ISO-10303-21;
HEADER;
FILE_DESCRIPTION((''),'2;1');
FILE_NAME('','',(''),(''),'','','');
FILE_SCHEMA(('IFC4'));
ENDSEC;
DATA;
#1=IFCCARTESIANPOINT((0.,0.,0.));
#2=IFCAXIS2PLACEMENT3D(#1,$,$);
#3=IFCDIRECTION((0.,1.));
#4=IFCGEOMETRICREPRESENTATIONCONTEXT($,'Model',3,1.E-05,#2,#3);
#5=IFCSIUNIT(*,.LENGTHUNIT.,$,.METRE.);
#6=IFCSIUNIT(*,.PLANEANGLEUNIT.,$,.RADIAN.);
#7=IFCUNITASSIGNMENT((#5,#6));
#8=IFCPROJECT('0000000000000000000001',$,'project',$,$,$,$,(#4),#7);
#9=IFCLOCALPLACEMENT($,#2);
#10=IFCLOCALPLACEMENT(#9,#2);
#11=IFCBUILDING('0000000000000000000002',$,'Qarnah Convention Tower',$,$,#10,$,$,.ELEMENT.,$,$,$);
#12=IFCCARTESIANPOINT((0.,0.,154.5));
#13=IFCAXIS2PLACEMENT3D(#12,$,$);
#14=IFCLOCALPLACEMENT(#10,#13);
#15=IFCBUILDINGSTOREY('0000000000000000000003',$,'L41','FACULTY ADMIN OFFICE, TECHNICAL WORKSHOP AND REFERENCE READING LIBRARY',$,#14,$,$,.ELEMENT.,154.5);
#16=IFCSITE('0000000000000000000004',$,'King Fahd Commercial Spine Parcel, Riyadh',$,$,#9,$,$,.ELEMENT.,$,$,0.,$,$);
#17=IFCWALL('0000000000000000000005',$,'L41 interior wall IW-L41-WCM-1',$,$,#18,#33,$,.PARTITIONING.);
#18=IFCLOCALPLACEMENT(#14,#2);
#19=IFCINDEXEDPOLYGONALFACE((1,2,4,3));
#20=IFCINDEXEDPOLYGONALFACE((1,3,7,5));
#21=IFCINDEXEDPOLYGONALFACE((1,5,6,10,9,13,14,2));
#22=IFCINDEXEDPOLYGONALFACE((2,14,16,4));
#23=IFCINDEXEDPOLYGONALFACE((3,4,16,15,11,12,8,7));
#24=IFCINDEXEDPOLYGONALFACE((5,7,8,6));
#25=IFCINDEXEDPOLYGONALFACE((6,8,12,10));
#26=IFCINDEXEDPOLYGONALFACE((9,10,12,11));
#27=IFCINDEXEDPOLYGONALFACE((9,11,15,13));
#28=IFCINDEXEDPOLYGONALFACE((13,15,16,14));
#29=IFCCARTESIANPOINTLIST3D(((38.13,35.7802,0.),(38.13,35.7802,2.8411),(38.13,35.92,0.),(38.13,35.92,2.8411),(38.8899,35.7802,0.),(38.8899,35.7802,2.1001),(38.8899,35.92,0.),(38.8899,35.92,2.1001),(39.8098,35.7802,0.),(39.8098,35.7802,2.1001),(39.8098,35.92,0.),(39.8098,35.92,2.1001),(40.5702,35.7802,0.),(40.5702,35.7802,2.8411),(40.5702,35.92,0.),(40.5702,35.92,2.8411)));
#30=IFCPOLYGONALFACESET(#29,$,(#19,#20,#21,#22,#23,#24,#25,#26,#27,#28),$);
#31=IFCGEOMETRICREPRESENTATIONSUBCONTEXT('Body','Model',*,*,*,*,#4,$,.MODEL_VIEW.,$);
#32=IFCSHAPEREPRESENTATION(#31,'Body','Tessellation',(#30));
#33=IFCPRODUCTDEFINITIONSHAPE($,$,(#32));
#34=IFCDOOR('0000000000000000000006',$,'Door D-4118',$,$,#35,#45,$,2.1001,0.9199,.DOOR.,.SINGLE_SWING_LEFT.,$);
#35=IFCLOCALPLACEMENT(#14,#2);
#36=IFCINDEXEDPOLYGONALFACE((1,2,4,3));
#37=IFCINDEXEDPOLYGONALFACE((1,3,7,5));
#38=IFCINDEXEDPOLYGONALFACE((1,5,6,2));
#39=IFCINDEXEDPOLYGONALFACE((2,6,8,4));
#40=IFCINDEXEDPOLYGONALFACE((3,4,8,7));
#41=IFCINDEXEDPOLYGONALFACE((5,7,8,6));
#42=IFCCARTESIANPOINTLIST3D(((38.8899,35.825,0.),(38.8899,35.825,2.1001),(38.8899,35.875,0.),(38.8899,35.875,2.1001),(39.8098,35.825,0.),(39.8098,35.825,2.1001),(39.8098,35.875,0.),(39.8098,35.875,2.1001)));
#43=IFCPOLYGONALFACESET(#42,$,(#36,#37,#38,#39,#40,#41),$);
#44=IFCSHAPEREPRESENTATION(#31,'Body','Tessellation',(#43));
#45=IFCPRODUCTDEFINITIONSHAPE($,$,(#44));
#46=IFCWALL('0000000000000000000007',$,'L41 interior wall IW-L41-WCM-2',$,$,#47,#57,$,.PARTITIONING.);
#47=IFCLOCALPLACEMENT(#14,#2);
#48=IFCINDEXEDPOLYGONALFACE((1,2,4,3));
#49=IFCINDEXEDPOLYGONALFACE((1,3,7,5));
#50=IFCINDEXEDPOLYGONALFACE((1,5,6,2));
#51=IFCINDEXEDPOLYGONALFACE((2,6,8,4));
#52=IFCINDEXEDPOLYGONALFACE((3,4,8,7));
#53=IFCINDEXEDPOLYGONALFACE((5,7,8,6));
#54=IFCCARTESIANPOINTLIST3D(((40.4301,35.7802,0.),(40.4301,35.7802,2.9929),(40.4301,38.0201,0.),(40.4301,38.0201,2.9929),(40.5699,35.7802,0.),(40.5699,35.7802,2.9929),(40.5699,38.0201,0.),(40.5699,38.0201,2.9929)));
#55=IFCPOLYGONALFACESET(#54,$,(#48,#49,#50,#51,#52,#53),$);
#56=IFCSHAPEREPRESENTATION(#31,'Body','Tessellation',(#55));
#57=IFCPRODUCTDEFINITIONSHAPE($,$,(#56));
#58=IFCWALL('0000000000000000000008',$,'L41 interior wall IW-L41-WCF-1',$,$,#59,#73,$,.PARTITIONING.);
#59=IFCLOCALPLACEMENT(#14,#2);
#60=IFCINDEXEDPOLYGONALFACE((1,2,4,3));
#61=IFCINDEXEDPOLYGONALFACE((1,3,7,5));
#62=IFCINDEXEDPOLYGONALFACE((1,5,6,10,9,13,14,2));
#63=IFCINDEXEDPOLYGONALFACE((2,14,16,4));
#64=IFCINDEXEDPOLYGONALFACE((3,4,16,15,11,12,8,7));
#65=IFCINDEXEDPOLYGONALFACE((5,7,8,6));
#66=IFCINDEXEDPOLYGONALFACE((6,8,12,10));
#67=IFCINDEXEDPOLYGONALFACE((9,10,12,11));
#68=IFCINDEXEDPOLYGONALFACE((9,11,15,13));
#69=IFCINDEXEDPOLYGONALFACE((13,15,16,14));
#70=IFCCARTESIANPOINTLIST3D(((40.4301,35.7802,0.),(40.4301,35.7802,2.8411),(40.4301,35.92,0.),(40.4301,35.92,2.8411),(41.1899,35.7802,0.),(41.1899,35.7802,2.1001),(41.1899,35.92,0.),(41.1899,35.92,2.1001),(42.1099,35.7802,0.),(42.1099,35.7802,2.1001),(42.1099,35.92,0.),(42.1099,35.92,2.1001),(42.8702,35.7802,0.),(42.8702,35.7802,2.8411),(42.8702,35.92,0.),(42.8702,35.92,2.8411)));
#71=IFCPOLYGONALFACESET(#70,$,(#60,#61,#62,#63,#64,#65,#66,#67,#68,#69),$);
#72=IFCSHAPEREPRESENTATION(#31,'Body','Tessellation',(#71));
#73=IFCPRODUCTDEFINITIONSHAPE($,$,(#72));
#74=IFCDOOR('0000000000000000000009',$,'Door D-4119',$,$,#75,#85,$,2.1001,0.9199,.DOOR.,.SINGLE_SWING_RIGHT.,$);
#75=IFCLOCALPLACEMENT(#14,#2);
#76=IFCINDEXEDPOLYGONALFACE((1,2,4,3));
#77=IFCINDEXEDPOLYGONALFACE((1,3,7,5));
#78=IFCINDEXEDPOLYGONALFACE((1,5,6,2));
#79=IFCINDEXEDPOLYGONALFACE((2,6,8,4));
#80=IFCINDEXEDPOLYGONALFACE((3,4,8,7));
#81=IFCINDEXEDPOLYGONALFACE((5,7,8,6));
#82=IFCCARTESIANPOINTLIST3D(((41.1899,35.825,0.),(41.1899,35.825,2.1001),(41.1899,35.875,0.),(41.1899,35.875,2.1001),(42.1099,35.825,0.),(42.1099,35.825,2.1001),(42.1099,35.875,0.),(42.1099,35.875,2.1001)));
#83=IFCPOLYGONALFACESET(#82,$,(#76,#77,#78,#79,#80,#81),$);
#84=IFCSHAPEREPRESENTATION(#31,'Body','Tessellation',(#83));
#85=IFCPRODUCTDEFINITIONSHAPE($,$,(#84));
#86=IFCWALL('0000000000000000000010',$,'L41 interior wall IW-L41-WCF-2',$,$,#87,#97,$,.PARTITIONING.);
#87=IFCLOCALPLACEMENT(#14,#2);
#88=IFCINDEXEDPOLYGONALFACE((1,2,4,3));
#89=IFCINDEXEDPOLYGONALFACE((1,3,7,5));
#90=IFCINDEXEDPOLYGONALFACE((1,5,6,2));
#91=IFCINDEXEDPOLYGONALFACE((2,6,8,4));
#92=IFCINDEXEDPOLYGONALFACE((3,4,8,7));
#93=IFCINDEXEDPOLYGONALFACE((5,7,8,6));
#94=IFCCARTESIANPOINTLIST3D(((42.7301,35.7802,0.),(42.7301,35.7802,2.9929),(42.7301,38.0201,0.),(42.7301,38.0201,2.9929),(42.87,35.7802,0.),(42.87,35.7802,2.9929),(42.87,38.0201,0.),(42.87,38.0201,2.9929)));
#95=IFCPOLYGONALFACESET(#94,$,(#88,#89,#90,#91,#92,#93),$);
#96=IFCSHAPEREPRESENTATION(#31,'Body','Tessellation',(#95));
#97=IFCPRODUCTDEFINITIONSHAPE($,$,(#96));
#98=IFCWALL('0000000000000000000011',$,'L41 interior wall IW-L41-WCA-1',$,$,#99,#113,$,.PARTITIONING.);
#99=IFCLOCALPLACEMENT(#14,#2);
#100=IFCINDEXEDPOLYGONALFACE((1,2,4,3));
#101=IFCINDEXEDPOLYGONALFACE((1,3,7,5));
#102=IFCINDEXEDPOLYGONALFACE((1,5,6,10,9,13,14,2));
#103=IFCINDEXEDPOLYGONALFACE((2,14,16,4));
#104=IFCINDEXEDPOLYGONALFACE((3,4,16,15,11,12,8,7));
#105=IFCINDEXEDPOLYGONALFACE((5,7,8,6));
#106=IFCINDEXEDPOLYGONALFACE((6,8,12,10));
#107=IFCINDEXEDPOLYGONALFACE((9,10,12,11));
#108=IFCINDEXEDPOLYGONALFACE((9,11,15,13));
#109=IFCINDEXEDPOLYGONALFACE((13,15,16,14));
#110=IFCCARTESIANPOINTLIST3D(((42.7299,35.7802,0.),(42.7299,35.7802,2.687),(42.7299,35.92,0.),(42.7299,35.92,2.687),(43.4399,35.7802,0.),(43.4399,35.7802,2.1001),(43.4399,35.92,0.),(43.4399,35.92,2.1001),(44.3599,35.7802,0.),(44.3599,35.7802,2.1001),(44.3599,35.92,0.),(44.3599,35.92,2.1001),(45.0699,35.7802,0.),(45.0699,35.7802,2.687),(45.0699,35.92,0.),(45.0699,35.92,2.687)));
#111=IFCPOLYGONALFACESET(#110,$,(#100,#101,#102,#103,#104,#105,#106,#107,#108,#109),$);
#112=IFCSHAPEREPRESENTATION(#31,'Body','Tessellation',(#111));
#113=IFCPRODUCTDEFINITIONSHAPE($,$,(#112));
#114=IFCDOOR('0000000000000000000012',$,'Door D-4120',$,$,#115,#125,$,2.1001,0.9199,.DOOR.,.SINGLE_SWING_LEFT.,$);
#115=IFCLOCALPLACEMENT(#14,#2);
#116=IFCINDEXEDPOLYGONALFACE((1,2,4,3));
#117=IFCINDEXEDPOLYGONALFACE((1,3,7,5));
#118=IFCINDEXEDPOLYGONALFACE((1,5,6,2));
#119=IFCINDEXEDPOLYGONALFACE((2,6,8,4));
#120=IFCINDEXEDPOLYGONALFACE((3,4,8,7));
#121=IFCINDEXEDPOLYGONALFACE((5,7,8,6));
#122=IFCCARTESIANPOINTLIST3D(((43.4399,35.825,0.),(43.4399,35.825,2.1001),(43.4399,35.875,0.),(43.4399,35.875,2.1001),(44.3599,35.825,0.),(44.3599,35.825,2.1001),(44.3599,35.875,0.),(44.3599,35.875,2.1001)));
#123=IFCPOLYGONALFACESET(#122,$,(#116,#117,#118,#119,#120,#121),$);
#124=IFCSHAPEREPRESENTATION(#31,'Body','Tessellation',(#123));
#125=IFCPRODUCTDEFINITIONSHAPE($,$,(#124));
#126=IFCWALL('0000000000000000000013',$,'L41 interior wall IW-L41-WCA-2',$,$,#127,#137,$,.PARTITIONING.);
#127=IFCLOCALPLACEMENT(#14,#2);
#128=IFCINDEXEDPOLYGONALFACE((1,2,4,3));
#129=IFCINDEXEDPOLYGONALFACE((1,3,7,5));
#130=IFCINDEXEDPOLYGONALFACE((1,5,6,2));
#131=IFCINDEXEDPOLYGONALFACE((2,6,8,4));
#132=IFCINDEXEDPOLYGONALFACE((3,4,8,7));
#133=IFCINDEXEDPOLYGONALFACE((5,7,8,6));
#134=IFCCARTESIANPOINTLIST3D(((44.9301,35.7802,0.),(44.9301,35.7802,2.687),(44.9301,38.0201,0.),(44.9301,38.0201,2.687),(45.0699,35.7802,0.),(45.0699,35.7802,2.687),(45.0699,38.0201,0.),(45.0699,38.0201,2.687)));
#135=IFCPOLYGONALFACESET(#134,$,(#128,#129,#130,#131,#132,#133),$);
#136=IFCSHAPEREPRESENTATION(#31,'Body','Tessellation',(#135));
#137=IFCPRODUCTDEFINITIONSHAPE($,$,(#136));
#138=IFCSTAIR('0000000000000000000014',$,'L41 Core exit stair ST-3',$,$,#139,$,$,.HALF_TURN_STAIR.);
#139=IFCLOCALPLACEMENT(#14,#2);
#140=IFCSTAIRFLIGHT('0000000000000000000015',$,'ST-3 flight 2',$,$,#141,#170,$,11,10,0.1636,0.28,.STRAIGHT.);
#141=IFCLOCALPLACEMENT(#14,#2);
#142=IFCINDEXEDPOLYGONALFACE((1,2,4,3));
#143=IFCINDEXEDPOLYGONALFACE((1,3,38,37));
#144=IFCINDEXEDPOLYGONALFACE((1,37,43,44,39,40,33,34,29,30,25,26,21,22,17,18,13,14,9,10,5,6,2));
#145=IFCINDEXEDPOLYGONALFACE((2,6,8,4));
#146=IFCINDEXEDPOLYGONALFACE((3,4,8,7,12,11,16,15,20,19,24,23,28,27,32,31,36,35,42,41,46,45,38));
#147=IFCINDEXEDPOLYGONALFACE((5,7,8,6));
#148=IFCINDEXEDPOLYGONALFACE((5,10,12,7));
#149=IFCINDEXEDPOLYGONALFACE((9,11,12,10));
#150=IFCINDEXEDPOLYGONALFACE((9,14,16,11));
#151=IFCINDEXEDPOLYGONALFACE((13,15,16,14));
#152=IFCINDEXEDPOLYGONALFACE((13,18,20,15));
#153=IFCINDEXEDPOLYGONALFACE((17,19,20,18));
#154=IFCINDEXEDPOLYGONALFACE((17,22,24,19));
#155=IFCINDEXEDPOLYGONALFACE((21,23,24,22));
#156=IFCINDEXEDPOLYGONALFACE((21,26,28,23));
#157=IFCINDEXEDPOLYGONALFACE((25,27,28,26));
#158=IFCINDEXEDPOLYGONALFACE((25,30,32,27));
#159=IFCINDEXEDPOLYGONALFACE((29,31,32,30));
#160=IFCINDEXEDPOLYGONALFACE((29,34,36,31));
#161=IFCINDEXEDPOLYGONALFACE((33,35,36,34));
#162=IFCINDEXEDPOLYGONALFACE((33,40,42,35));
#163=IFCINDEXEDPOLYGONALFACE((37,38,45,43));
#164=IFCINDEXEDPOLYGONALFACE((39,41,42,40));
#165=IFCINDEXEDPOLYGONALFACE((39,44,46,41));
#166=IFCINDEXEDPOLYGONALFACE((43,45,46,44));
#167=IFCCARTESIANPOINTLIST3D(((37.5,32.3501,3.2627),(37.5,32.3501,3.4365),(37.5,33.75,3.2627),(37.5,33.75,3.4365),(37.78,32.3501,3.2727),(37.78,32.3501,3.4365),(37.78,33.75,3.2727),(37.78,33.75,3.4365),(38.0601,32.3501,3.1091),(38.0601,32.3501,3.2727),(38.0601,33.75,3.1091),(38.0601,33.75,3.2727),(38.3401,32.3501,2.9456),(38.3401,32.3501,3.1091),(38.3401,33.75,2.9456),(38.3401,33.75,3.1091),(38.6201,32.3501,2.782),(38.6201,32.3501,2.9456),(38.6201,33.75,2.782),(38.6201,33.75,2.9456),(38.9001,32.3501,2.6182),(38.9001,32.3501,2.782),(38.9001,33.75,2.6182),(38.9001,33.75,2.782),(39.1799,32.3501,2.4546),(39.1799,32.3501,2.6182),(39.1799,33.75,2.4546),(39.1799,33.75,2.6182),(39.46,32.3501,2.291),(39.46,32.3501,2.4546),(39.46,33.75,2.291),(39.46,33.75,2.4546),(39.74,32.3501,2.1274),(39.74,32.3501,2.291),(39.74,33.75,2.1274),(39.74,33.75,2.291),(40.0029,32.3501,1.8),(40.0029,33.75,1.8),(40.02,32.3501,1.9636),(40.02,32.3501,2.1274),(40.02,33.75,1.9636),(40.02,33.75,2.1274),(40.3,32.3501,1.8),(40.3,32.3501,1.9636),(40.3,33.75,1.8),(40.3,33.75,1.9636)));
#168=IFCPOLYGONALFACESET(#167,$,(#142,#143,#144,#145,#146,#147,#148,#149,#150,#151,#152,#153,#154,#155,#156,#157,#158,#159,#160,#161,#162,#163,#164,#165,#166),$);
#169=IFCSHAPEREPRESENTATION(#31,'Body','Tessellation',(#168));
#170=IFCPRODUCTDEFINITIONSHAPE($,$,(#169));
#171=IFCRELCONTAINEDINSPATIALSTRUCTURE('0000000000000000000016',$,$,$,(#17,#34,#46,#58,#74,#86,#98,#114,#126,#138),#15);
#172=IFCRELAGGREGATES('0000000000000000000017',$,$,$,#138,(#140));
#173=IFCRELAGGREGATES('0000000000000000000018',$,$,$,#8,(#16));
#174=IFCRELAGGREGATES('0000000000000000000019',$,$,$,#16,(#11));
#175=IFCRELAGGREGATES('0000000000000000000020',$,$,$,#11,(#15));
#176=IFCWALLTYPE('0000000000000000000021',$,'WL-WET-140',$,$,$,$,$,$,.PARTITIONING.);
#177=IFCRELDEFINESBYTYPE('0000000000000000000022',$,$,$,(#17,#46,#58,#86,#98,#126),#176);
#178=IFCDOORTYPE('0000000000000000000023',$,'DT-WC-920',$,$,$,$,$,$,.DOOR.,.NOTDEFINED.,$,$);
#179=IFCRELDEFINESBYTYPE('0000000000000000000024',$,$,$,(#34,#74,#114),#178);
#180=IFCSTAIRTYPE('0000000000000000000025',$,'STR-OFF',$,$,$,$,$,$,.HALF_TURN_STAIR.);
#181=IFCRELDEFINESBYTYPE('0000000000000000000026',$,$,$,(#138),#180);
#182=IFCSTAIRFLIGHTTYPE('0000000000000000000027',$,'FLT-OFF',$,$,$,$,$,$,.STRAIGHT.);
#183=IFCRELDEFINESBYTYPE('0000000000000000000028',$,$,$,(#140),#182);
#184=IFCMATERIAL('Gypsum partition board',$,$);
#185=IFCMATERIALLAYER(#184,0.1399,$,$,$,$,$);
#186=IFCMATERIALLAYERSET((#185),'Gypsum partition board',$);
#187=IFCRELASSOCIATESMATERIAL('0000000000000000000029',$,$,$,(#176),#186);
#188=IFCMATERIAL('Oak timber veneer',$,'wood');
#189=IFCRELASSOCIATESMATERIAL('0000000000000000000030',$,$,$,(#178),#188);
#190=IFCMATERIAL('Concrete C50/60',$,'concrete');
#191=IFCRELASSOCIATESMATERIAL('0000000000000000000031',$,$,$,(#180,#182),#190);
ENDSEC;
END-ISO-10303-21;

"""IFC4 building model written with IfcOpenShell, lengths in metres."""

from ifc_helpers import new_model, si_unit, direction, frame, frame_2d, origin, place, context, subcontext, project, spatial, polyline, rectangle, outline, extrude, material, layer, layer_set, type_object, element, fill, aggregate, save


model = new_model("IFC4")

# Units and contexts
model_context = context("Model", 3, precision=1e-05, world=origin(), true_north=direction((0.0, 1.0)))
body_context = subcontext(model_context, "Body", "Model", "MODEL_VIEW")
ifc_project = project(units=[si_unit("LENGTHUNIT", "METRE"), si_unit("PLANEANGLEUNIT", "RADIAN")], contexts=[model_context])

# Site, building, storey
site_placement = place(None, origin())
site = spatial("IfcSite", under=ifc_project, at=site_placement, Name="King Fahd Commercial Spine Parcel, Riyadh", CompositionType="ELEMENT", RefElevation=0.0)
building_placement = place(site_placement, origin())
building = spatial("IfcBuilding", under=site, at=building_placement, Name="Qarnah Convention Tower", CompositionType="ELEMENT")
storey_placement = place(building_placement, frame((0.0, 0.0, 154.5)))
storey = spatial("IfcBuildingStorey", under=building, at=storey_placement, Name="L41", Description="FACULTY ADMIN OFFICE, TECHNICAL WORKSHOP AND REFERENCE READING LIBRARY", CompositionType="ELEMENT", Elevation=154.5)

# Shared definitions
ifc_material_1 = material(Name="Gypsum partition board")

# Wall, opening, door
ifc_material_2 = material(Name="Oak timber veneer", Category="wood")
ifc_layer_1 = layer(ifc_material_1, 0.1399)
ifc_layer_set_1 = layer_set([ifc_layer_1], Name="Gypsum partition board")
wall_type_1 = type_object("IfcWallType", Name="WL-WET-140", PredefinedType="PARTITIONING", material=ifc_layer_set_1)
wall_1_placement = place(storey_placement, frame((38.1299, 35.8501, 0.0), z_axis=(0.0, 0.0, 1.0), x_axis=(1.0, 0.0, 0.0)))
wall_1 = element("IfcWall", 1, at=wall_1_placement, inside=storey, type_object=wall_type_1, Name="L41 interior wall IW-L41-WCM-1", PredefinedType="PARTITIONING", context=body_context, shape_type="SweptSolid", body=[
    extrude(rectangle(XDim=2.4402, YDim=0.1399, at=frame_2d((1.2202, 0.0))), origin(), (0.0, 0.0, 1.0), 2.8411),
])
opening_1_placement = place(wall_1_placement, frame((0.76, 0.0, 0.0)))
opening_1 = element("IfcOpeningElement", 2, at=opening_1_placement, cuts=wall_1, PredefinedType="OPENING", context=body_context, shape_type="SweptSolid", body=[
    extrude(rectangle(XDim=0.9199, YDim=2.1001, at=frame_2d((0.46, 1.05))), frame((0.0, 0.0798, 0.0), z_axis=(0.0, -1.0, 0.0), x_axis=(1.0, 0.0, 0.0)), (0.0, 0.0, 1.0), 0.1599),
])
door_type_1 = type_object("IfcDoorType", Name="DT-WC-920", OperationType="NOTDEFINED", PredefinedType="DOOR", material=ifc_material_2)
door_1_placement = place(opening_1_placement, origin())
door_1 = element("IfcDoor", 3, at=door_1_placement, inside=storey, type_object=door_type_1, Name="Door D-4118", OperationType="SINGLE_SWING_LEFT", OverallHeight=2.1001, OverallWidth=0.9199, PredefinedType="DOOR", context=body_context, shape_type="SweptSolid", body=[
    extrude(rectangle(XDim=0.9199, YDim=2.1001, at=frame_2d((0.46, 1.05))), frame((0.0, 0.0249, 0.0), z_axis=(0.0, -1.0, 0.0), x_axis=(1.0, 0.0, 0.0)), (0.0, 0.0, 1.0), 0.05),
])
fill(opening_1, door_1)

# Wall
wall_2_placement = place(storey_placement, frame((40.5, 35.78, 0.0), z_axis=(0.0, 0.0, 1.0), x_axis=(0.0, 1.0, 0.0)))
element("IfcWall", 4, at=wall_2_placement, inside=storey, type_object=wall_type_1, Name="L41 interior wall IW-L41-WCM-2", PredefinedType="PARTITIONING", context=body_context, shape_type="SweptSolid", body=[
    extrude(rectangle(XDim=2.24, YDim=0.1399, at=frame_2d((1.1201, 0.0))), origin(), (0.0, 0.0, 1.0), 2.9929),
])

# Wall, opening, door
wall_3_placement = place(storey_placement, frame((40.4299, 35.8501, 0.0), z_axis=(0.0, 0.0, 1.0), x_axis=(1.0, 0.0, 0.0)))
wall_3 = element("IfcWall", 5, at=wall_3_placement, inside=storey, type_object=wall_type_1, Name="L41 interior wall IW-L41-WCF-1", PredefinedType="PARTITIONING", context=body_context, shape_type="SweptSolid", body=[
    extrude(rectangle(XDim=2.4402, YDim=0.1399, at=frame_2d((1.2202, 0.0))), origin(), (0.0, 0.0, 1.0), 2.8411),
])
opening_2_placement = place(wall_3_placement, frame((0.76, 0.0, 0.0)))
opening_2 = element("IfcOpeningElement", 6, at=opening_2_placement, cuts=wall_3, PredefinedType="OPENING", context=body_context, shape_type="SweptSolid", body=[
    extrude(rectangle(XDim=0.9199, YDim=2.1001, at=frame_2d((0.46, 1.05))), frame((0.0, 0.0798, 0.0), z_axis=(0.0, -1.0, 0.0), x_axis=(1.0, 0.0, 0.0)), (0.0, 0.0, 1.0), 0.1599),
])
door_2_placement = place(opening_2_placement, origin())
door_2 = element("IfcDoor", 7, at=door_2_placement, inside=storey, type_object=door_type_1, Name="Door D-4119", OperationType="SINGLE_SWING_RIGHT", OverallHeight=2.1001, OverallWidth=0.9199, PredefinedType="DOOR", context=body_context, shape_type="SweptSolid", body=[
    extrude(rectangle(XDim=0.9199, YDim=2.1001, at=frame_2d((0.46, 1.05))), frame((0.0, 0.0249, 0.0), z_axis=(0.0, -1.0, 0.0), x_axis=(1.0, 0.0, 0.0)), (0.0, 0.0, 1.0), 0.05),
])
fill(opening_2, door_2)

# Wall
wall_4_placement = place(storey_placement, frame((42.8, 35.78, 0.0), z_axis=(0.0, 0.0, 1.0), x_axis=(0.0, 1.0, 0.0)))
element("IfcWall", 8, at=wall_4_placement, inside=storey, type_object=wall_type_1, Name="L41 interior wall IW-L41-WCF-2", PredefinedType="PARTITIONING", context=body_context, shape_type="SweptSolid", body=[
    extrude(rectangle(XDim=2.24, YDim=0.1399, at=frame_2d((1.1201, 0.0))), origin(), (0.0, 0.0, 1.0), 2.9929),
])

# Wall, opening, door
wall_5_placement = place(storey_placement, frame((42.73, 35.8501, 0.0), z_axis=(0.0, 0.0, 1.0), x_axis=(1.0, 0.0, 0.0)))
wall_5 = element("IfcWall", 9, at=wall_5_placement, inside=storey, type_object=wall_type_1, Name="L41 interior wall IW-L41-WCA-1", PredefinedType="PARTITIONING", context=body_context, shape_type="SweptSolid", body=[
    extrude(rectangle(XDim=2.3401, YDim=0.1399, at=frame_2d((1.1699, 0.0))), origin(), (0.0, 0.0, 1.0), 2.687),
])
opening_3_placement = place(wall_5_placement, frame((0.71, 0.0, 0.0)))
opening_3 = element("IfcOpeningElement", 10, at=opening_3_placement, cuts=wall_5, PredefinedType="OPENING", context=body_context, shape_type="SweptSolid", body=[
    extrude(rectangle(XDim=0.9199, YDim=2.1001, at=frame_2d((0.46, 1.05))), frame((0.0, 0.0798, 0.0), z_axis=(0.0, -1.0, 0.0), x_axis=(1.0, 0.0, 0.0)), (0.0, 0.0, 1.0), 0.1599),
])
door_3_placement = place(opening_3_placement, origin())
door_3 = element("IfcDoor", 11, at=door_3_placement, inside=storey, type_object=door_type_1, Name="Door D-4120", OperationType="SINGLE_SWING_LEFT", OverallHeight=2.1001, OverallWidth=0.9199, PredefinedType="DOOR", context=body_context, shape_type="SweptSolid", body=[
    extrude(rectangle(XDim=0.9199, YDim=2.1001, at=frame_2d((0.46, 1.05))), frame((0.0, 0.0249, 0.0), z_axis=(0.0, -1.0, 0.0), x_axis=(1.0, 0.0, 0.0)), (0.0, 0.0, 1.0), 0.05),
])
fill(opening_3, door_3)

# Wall
wall_6_placement = place(storey_placement, frame((45.0, 35.78, 0.0), z_axis=(0.0, 0.0, 1.0), x_axis=(0.0, 1.0, 0.0)))
element("IfcWall", 12, at=wall_6_placement, inside=storey, type_object=wall_type_1, Name="L41 interior wall IW-L41-WCA-2", PredefinedType="PARTITIONING", context=body_context, shape_type="SweptSolid", body=[
    extrude(rectangle(XDim=2.24, YDim=0.1399, at=frame_2d((1.1201, 0.0))), origin(), (0.0, 0.0, 1.0), 2.687),
])

# Stair, stair flight
ifc_material_3 = material(Name="Concrete C50/60", Category="concrete")
stair_type = type_object("IfcStairType", Name="STR-OFF", PredefinedType="HALF_TURN_STAIR", material=ifc_material_3)
stair_placement = place(storey_placement, origin())
stair = element("IfcStair", 13, at=stair_placement, inside=storey, type_object=stair_type, Name="L41 Core exit stair ST-3", PredefinedType="HALF_TURN_STAIR")
stair_flight_type = type_object("IfcStairFlightType", Name="FLT-OFF", PredefinedType="STRAIGHT", material=ifc_material_3)
stair_flight_placement = place(storey_placement, frame((40.3, 33.05, 1.8), z_axis=(0.0, 0.0, 1.0), x_axis=(-1.0, 0.0, 0.0)))
stair_flight = element("IfcStairFlight", 14, at=stair_flight_placement, type_object=stair_flight_type, Name="ST-3 flight 2", NumberOfRisers=11, NumberOfTreads=10, PredefinedType="STRAIGHT", RiserHeight=0.1636, TreadLength=0.28, context=body_context, shape_type="SweptSolid", body=[
    extrude(outline(polyline([(0.0, 0.0), (0.0, 0.1636), (0.28, 0.1636), (0.28, 0.3274), (0.5601, 0.3274), (0.5601, 0.491), (0.8401, 0.491), (0.8401, 0.6545), (1.1201, 0.6545), (1.1201, 0.8181), (1.3999, 0.8181), (1.3999, 0.9819), (1.6799, 0.9819), (1.6799, 1.1455), (1.96, 1.1455), (1.96, 1.3091), (2.24, 1.3091), (2.24, 1.4727), (2.52, 1.4727), (2.52, 1.6365), (2.8, 1.6365), (2.8, 1.8), (2.8, 1.4626), (0.2971, 0.0), (0.0, 0.0)])), frame((0.0, 0.7, 0.0), z_axis=(0.0, -1.0, 0.0), x_axis=(1.0, 0.0, 0.0)), (0.0, 0.0, 1.0), 1.3999),
])
aggregate(stair, [stair_flight])

save(model, "model.ifc")
